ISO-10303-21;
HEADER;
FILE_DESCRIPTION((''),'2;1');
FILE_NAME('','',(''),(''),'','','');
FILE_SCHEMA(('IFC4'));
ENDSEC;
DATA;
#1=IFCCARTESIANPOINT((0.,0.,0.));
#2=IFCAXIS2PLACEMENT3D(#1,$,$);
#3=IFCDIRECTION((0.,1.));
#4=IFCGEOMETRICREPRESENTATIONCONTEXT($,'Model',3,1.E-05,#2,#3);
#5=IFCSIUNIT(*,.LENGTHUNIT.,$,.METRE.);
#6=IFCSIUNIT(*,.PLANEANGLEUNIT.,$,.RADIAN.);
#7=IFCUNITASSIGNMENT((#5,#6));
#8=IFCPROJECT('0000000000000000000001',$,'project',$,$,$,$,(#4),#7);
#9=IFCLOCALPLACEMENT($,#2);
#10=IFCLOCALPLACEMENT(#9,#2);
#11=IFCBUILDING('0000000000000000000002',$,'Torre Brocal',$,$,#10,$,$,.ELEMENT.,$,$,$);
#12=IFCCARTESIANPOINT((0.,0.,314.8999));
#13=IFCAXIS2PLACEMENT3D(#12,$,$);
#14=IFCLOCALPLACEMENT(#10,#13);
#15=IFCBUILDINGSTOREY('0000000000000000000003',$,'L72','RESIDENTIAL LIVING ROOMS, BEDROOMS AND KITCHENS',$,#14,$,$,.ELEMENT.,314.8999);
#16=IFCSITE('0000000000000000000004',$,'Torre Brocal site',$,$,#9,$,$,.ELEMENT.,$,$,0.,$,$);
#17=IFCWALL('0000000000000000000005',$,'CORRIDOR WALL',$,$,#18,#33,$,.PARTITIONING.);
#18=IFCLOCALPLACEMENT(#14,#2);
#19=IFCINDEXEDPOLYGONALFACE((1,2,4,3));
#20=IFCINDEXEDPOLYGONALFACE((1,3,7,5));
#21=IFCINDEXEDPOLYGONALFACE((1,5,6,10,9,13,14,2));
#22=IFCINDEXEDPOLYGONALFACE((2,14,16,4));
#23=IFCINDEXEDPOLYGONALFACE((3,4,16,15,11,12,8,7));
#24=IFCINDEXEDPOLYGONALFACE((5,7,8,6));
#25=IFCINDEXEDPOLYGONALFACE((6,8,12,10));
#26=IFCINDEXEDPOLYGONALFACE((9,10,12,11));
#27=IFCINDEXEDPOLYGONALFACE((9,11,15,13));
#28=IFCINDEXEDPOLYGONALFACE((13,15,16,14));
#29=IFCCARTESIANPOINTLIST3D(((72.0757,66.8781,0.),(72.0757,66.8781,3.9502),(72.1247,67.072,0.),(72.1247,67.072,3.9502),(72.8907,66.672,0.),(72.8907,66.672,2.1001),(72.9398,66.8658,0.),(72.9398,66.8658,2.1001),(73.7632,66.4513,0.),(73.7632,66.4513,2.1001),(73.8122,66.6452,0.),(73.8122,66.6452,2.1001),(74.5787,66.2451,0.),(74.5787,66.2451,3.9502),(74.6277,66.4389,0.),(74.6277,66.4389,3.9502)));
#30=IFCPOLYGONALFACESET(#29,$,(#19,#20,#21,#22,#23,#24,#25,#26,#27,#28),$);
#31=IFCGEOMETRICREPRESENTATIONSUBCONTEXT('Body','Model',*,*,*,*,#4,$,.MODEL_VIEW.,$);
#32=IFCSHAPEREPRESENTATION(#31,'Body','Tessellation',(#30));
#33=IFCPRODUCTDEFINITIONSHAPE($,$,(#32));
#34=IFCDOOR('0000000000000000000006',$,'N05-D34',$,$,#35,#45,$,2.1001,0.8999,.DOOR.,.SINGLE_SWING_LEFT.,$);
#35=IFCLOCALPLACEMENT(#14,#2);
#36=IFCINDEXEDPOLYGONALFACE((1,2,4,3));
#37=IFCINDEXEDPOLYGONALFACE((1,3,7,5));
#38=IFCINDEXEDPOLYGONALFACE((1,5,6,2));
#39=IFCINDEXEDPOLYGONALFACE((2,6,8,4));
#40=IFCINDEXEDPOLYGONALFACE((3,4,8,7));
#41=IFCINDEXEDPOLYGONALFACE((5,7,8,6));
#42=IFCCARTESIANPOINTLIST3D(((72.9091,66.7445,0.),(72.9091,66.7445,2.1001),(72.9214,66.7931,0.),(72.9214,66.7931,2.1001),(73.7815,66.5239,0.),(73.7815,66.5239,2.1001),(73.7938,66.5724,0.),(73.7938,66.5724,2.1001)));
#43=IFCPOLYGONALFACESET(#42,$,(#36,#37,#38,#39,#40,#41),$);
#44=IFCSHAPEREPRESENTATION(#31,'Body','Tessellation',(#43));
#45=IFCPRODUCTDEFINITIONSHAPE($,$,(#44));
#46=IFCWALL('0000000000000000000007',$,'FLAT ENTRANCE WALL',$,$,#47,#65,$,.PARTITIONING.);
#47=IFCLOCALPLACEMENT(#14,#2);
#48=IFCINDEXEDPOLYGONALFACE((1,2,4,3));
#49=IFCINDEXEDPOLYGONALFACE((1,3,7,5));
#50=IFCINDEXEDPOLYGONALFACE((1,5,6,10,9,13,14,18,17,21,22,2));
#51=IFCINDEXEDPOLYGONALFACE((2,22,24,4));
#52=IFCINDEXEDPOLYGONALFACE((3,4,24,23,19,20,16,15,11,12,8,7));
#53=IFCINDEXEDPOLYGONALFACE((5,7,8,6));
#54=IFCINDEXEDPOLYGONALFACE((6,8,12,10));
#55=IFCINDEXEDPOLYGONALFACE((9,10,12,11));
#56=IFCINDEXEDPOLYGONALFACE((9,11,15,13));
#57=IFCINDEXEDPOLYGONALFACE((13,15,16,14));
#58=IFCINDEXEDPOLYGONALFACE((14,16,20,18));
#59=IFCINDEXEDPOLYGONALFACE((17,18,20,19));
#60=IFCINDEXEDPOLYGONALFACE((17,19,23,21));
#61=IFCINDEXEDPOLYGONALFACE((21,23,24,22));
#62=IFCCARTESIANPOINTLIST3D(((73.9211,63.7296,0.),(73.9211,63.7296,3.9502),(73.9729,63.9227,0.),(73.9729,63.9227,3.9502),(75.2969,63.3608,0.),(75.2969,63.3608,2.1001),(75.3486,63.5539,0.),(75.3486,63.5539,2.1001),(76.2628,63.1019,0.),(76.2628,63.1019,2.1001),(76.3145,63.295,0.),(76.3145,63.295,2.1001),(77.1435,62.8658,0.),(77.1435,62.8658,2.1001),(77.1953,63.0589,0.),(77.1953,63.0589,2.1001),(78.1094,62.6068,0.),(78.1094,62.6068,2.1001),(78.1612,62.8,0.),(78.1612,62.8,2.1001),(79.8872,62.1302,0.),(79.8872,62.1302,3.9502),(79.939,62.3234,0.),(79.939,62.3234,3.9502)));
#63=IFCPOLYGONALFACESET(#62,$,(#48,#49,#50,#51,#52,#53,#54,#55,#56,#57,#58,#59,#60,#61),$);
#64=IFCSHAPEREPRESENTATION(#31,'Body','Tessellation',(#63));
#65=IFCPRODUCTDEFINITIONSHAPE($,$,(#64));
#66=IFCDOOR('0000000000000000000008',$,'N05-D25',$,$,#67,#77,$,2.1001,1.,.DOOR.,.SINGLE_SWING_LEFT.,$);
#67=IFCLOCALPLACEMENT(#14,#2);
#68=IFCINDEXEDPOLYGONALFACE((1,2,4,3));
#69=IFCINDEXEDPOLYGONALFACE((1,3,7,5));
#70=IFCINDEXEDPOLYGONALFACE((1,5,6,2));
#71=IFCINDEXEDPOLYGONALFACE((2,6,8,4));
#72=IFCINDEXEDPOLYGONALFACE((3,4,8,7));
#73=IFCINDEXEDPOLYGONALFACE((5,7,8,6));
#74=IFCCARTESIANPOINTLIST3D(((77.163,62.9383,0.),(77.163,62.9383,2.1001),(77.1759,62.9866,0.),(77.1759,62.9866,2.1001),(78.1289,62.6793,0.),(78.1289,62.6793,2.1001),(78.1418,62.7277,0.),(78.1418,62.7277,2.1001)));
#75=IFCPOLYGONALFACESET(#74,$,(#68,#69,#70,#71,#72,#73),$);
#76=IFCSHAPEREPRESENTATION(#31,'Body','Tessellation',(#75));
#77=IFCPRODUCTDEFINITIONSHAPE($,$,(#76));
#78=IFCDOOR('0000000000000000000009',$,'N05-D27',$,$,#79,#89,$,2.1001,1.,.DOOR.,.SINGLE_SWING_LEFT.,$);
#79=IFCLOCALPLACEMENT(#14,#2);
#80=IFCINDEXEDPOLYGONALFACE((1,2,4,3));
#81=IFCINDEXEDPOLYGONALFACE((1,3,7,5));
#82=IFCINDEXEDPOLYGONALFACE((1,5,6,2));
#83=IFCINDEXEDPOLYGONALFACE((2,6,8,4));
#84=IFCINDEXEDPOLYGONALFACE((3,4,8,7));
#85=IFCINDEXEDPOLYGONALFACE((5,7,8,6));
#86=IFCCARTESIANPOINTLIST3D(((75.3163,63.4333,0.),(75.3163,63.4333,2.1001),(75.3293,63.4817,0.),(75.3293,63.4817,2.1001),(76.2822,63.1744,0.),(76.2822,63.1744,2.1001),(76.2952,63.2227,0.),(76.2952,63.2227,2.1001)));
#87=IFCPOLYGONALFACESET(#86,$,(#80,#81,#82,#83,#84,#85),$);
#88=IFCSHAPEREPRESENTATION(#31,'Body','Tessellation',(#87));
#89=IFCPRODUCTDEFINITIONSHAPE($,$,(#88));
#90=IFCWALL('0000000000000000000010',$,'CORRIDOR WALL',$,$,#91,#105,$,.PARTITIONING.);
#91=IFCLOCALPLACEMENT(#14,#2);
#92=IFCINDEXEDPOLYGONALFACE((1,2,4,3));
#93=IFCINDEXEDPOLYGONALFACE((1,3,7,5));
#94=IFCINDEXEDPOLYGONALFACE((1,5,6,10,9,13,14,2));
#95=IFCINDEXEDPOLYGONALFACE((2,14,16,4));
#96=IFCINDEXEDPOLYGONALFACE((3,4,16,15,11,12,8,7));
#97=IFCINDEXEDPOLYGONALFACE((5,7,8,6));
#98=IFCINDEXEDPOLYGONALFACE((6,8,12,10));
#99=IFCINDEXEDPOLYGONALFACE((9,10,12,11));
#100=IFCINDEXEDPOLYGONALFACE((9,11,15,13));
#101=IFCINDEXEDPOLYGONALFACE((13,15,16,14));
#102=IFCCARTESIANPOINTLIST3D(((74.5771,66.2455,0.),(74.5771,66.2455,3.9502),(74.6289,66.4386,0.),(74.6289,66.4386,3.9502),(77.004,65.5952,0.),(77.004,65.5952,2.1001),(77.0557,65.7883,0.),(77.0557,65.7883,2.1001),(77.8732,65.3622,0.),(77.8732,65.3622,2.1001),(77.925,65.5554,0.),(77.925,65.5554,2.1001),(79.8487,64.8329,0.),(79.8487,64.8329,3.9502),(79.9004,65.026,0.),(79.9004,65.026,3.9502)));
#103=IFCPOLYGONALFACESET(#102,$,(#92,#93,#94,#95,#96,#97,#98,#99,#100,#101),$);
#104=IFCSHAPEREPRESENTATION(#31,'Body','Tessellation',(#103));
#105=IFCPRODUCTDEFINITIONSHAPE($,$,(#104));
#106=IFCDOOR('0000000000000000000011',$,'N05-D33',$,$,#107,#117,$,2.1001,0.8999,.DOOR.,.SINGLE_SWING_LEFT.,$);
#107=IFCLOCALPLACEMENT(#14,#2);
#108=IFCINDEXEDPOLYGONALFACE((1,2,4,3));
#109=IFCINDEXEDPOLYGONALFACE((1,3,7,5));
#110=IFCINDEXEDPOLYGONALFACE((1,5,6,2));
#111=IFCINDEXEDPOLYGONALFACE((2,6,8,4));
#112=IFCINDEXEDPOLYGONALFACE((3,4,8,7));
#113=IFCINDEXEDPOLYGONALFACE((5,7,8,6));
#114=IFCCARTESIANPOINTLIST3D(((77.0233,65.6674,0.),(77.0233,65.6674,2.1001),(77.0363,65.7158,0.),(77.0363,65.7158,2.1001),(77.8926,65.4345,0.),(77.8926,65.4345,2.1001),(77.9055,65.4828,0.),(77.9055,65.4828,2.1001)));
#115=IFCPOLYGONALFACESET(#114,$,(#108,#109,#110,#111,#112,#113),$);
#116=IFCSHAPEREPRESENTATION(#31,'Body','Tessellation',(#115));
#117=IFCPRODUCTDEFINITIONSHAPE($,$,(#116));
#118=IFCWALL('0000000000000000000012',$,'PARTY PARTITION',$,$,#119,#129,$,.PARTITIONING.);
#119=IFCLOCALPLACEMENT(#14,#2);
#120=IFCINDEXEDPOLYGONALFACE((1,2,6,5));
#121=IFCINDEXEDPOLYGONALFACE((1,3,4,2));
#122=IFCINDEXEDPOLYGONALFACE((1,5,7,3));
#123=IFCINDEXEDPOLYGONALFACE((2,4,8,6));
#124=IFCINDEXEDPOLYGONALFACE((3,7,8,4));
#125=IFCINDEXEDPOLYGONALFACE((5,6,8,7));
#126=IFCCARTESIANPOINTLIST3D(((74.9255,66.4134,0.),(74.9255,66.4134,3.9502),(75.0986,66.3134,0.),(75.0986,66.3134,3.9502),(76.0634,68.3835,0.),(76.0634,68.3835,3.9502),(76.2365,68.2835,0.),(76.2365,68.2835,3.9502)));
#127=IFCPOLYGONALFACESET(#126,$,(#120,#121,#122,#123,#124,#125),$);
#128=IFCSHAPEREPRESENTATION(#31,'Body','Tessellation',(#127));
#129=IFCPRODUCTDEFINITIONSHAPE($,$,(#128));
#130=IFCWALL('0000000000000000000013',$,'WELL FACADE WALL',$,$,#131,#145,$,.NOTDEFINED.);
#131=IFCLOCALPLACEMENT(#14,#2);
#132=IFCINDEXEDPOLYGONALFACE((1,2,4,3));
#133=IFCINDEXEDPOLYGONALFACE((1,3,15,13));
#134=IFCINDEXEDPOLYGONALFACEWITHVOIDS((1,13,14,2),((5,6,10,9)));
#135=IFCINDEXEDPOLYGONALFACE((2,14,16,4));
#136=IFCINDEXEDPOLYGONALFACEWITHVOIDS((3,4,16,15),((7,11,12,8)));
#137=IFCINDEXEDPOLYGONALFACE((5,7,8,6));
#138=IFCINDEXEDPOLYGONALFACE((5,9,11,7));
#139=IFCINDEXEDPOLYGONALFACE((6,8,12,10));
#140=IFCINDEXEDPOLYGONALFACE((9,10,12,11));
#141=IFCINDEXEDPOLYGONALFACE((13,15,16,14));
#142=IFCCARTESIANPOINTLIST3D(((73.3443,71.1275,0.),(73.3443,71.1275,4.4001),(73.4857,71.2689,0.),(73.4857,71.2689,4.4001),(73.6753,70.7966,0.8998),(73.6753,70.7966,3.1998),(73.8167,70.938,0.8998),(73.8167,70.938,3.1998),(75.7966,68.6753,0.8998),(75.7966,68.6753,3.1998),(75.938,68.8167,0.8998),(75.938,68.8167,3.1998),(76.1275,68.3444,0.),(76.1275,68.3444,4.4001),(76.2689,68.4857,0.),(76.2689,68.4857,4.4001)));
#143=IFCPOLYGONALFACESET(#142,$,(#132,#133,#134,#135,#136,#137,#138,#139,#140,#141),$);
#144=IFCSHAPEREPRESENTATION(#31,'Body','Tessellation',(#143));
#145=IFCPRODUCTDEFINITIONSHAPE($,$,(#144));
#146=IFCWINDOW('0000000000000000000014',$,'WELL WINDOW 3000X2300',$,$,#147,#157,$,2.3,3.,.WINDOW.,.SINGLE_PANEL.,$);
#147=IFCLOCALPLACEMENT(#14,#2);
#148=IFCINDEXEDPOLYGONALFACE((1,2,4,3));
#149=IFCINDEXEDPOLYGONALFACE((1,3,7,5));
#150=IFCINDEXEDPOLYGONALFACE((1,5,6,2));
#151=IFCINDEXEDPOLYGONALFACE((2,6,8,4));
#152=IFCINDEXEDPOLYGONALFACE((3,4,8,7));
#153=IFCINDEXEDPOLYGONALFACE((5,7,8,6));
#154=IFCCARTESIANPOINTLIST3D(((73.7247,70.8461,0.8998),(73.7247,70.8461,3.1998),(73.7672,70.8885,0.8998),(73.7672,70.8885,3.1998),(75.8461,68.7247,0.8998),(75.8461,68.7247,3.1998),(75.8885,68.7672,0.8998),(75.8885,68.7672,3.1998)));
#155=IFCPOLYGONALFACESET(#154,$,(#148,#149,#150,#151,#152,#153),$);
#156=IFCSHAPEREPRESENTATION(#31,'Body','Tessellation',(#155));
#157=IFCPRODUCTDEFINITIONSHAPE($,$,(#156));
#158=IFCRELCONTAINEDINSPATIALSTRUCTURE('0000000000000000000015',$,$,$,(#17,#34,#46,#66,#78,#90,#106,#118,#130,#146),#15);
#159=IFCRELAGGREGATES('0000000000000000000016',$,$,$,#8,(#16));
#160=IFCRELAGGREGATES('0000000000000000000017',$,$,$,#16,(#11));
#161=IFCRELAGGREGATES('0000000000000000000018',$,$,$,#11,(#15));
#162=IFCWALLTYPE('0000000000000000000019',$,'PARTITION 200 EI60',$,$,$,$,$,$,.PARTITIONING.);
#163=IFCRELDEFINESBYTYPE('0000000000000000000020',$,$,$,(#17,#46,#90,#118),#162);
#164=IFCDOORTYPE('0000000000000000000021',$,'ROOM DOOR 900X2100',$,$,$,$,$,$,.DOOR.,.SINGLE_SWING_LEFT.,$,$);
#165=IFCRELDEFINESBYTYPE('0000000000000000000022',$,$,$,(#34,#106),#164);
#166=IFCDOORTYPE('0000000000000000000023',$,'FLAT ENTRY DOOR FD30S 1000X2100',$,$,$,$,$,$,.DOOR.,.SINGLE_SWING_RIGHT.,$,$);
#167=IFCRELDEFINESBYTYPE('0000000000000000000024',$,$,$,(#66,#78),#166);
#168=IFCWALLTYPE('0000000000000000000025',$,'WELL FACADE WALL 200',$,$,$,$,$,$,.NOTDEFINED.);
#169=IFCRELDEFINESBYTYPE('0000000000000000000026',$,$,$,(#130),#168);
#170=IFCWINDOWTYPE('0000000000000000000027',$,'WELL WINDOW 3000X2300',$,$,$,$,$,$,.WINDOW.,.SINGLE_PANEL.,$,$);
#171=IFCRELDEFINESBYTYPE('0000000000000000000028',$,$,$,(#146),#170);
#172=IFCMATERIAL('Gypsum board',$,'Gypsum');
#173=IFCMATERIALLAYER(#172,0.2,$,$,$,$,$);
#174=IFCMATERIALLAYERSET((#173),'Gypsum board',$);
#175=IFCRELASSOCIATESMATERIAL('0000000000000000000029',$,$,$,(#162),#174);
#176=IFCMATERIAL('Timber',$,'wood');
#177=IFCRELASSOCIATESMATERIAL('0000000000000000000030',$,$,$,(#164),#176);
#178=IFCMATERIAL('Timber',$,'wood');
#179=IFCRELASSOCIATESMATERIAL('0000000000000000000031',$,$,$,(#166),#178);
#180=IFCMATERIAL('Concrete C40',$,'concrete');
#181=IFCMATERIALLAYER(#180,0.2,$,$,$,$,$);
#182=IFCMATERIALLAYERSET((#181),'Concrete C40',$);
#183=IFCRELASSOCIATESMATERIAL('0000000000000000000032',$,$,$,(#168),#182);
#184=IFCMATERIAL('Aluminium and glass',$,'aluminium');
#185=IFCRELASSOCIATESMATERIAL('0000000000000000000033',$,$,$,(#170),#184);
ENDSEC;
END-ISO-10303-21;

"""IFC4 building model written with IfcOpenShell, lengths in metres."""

from ifc_helpers import new_model, si_unit, direction, frame, frame_2d, origin, place, context, subcontext, project, spatial, rectangle, extrude, material, layer, layer_set, type_object, element, fill, save


model = new_model("IFC4")

# Units and contexts
model_context = context("Model", 3, precision=1e-05, world=origin(), true_north=direction((0.0, 1.0)))
body_context = subcontext(model_context, "Body", "Model", "MODEL_VIEW")
ifc_project = project(units=[si_unit("LENGTHUNIT", "METRE"), si_unit("PLANEANGLEUNIT", "RADIAN")], contexts=[model_context])

# Site, building, storey
site_placement = place(None, origin())
site = spatial("IfcSite", under=ifc_project, at=site_placement, Name="Torre Brocal site", CompositionType="ELEMENT", RefElevation=0.0)
building_placement = place(site_placement, origin())
building = spatial("IfcBuilding", under=site, at=building_placement, Name="Torre Brocal", CompositionType="ELEMENT")
storey_placement = place(building_placement, frame((0.0, 0.0, 314.8999)))
storey = spatial("IfcBuildingStorey", under=building, at=storey_placement, Name="L72", Description="RESIDENTIAL LIVING ROOMS, BEDROOMS AND KITCHENS", CompositionType="ELEMENT", Elevation=314.8999)

# Shared definitions
ifc_material_1 = material(Name="Gypsum board", Category="Gypsum")
ifc_layer_1 = layer(ifc_material_1, 0.2)
ifc_layer_set_1 = layer_set([ifc_layer_1], Name="Gypsum board")
wall_type_1 = type_object("IfcWallType", Name="PARTITION 200 EI60", PredefinedType="PARTITIONING", material=ifc_layer_set_1)

# Wall, opening, door
wall_1_placement = place(storey_placement, frame((72.1001, 66.9751, 0.0), z_axis=(0.0, 0.0, 1.0), x_axis=(0.969471, -0.245205, 0.0)))
wall_1 = element("IfcWall", 1, at=wall_1_placement, inside=storey, type_object=wall_type_1, Name="CORRIDOR WALL", PredefinedType="PARTITIONING", context=body_context, shape_type="SweptSolid", body=[
    extrude(rectangle(XDim=2.5818, YDim=0.2, at=frame_2d((1.291, 0.0))), origin(), (0.0, 0.0, 1.0), 3.9502),
])
opening_1_placement = place(wall_1_placement, frame((0.8408, 0.0, 0.0)))
opening_1 = element("IfcOpeningElement", 2, at=opening_1_placement, cuts=wall_1, PredefinedType="OPENING", context=body_context, shape_type="SweptSolid", body=[
    extrude(rectangle(XDim=0.8999, YDim=2.1001, at=frame_2d((0.45, 1.05))), frame((0.0, 0.1099, 0.0), z_axis=(0.0, -1.0, 0.0), x_axis=(1.0, 0.0, 0.0)), (0.0, 0.0, 1.0), 0.22),
])
ifc_material_2 = material(Name="Timber", Category="wood")
door_type_1 = type_object("IfcDoorType", Name="ROOM DOOR 900X2100", OperationType="SINGLE_SWING_LEFT", PredefinedType="DOOR", material=ifc_material_2)
door_1_placement = place(opening_1_placement, origin())
door_1 = element("IfcDoor", 3, at=door_1_placement, inside=storey, type_object=door_type_1, Name="N05-D34", OperationType="SINGLE_SWING_LEFT", OverallHeight=2.1001, OverallWidth=0.8999, PredefinedType="DOOR", context=body_context, shape_type="SweptSolid", body=[
    extrude(rectangle(XDim=0.8999, YDim=2.1001, at=frame_2d((0.45, 1.05))), frame((0.0, 0.0249, 0.0), z_axis=(0.0, -1.0, 0.0), x_axis=(1.0, 0.0, 0.0)), (0.0, 0.0, 1.0), 0.05),
])
fill(opening_1, door_1)

# Wall, openings, doors
wall_2_placement = place(storey_placement, frame((73.947, 63.8262, 0.0), z_axis=(0.0, 0.0, 1.0), x_axis=(0.965895, -0.258934, 0.0)))
wall_2 = element("IfcWall", 4, at=wall_2_placement, inside=storey, type_object=wall_type_1, Name="FLAT ENTRANCE WALL", PredefinedType="PARTITIONING", context=body_context, shape_type="SweptSolid", body=[
    extrude(rectangle(XDim=6.1768, YDim=0.2, at=frame_2d((3.0884, 0.0))), origin(), (0.0, 0.0, 1.0), 3.9502),
])
opening_2_placement = place(wall_2_placement, frame((3.3362, 0.0, 0.0)))
opening_2 = element("IfcOpeningElement", 5, at=opening_2_placement, cuts=wall_2, PredefinedType="OPENING", context=body_context, shape_type="SweptSolid", body=[
    extrude(rectangle(XDim=1.0, YDim=2.1001, at=frame_2d((0.5, 1.05))), frame((0.0, 0.1099, 0.0), z_axis=(0.0, -1.0, 0.0), x_axis=(1.0, 0.0, 0.0)), (0.0, 0.0, 1.0), 0.22),
])
opening_3_placement = place(wall_2_placement, frame((1.4243, 0.0, 0.0)))
opening_3 = element("IfcOpeningElement", 6, at=opening_3_placement, cuts=wall_2, PredefinedType="OPENING", context=body_context, shape_type="SweptSolid", body=[
    extrude(rectangle(XDim=1.0, YDim=2.1001, at=frame_2d((0.5, 1.05))), frame((0.0, 0.1099, 0.0), z_axis=(0.0, -1.0, 0.0), x_axis=(1.0, 0.0, 0.0)), (0.0, 0.0, 1.0), 0.22),
])
ifc_material_3 = material(Name="Timber", Category="wood")
door_type_2 = type_object("IfcDoorType", Name="FLAT ENTRY DOOR FD30S 1000X2100", OperationType="SINGLE_SWING_RIGHT", PredefinedType="DOOR", material=ifc_material_3)
door_2_placement = place(opening_2_placement, frame((1.0, 0.0, 0.0), z_axis=(0.0, 0.0, 1.0), x_axis=(-1.0, 0.0, 0.0)))
door_2 = element("IfcDoor", 7, at=door_2_placement, inside=storey, type_object=door_type_2, Name="N05-D25", OperationType="SINGLE_SWING_LEFT", OverallHeight=2.1001, OverallWidth=1.0, PredefinedType="DOOR", context=body_context, shape_type="SweptSolid", body=[
    extrude(rectangle(XDim=1.0, YDim=2.1001, at=frame_2d((0.5, 1.05))), frame((0.0, 0.0249, 0.0), z_axis=(0.0, -1.0, 0.0), x_axis=(1.0, 0.0, 0.0)), (0.0, 0.0, 1.0), 0.05),
])
fill(opening_2, door_2)
door_3_placement = place(opening_3_placement, frame((1.0, 0.0, 0.0), z_axis=(0.0, 0.0, 1.0), x_axis=(-1.0, 0.0, 0.0)))
door_3 = element("IfcDoor", 8, at=door_3_placement, inside=storey, type_object=door_type_2, Name="N05-D27", OperationType="SINGLE_SWING_LEFT", OverallHeight=2.1001, OverallWidth=1.0, PredefinedType="DOOR", context=body_context, shape_type="SweptSolid", body=[
    extrude(rectangle(XDim=1.0, YDim=2.1001, at=frame_2d((0.5, 1.05))), frame((0.0, 0.0249, 0.0), z_axis=(0.0, -1.0, 0.0), x_axis=(1.0, 0.0, 0.0)), (0.0, 0.0, 1.0), 0.05),
])
fill(opening_3, door_3)

# Wall, opening, door
wall_3_placement = place(storey_placement, frame((74.603, 66.342, 0.0), z_axis=(0.0, 0.0, 1.0), x_axis=(0.965921, -0.258837, 0.0)))
wall_3 = element("IfcWall", 9, at=wall_3_placement, inside=storey, type_object=wall_type_1, Name="CORRIDOR WALL", PredefinedType="PARTITIONING", context=body_context, shape_type="SweptSolid", body=[
    extrude(rectangle(XDim=5.4575, YDim=0.2, at=frame_2d((2.7288, 0.0))), origin(), (0.0, 0.0, 1.0), 3.9502),
])
opening_4_placement = place(wall_3_placement, frame((2.5125, 0.0, 0.0)))
opening_4 = element("IfcOpeningElement", 10, at=opening_4_placement, cuts=wall_3, PredefinedType="OPENING", context=body_context, shape_type="SweptSolid", body=[
    extrude(rectangle(XDim=0.8999, YDim=2.1001, at=frame_2d((0.45, 1.05))), frame((0.0, 0.1099, 0.0), z_axis=(0.0, -1.0, 0.0), x_axis=(1.0, 0.0, 0.0)), (0.0, 0.0, 1.0), 0.22),
])
door_4_placement = place(opening_4_placement, origin())
door_4 = element("IfcDoor", 11, at=door_4_placement, inside=storey, type_object=door_type_1, Name="N05-D33", OperationType="SINGLE_SWING_LEFT", OverallHeight=2.1001, OverallWidth=0.8999, PredefinedType="DOOR", context=body_context, shape_type="SweptSolid", body=[
    extrude(rectangle(XDim=0.8999, YDim=2.1001, at=frame_2d((0.45, 1.05))), frame((0.0, 0.0249, 0.0), z_axis=(0.0, -1.0, 0.0), x_axis=(1.0, 0.0, 0.0)), (0.0, 0.0, 1.0), 0.05),
])
fill(opening_4, door_4)

# Wall
wall_4_placement = place(storey_placement, frame((75.012, 66.3633, 0.0), z_axis=(0.0, 0.0, 1.0), x_axis=(0.500144, 0.865943, 0.0)))
element("IfcWall", 12, at=wall_4_placement, inside=storey, type_object=wall_type_1, Name="PARTY PARTITION", PredefinedType="PARTITIONING", context=body_context, shape_type="SweptSolid", body=[
    extrude(rectangle(XDim=2.2751, YDim=0.2, at=frame_2d((1.1377, 0.0))), origin(), (0.0, 0.0, 1.0), 3.9502),
])

# Wall, opening, window
ifc_material_4 = material(Name="Concrete C40", Category="concrete")
ifc_layer_2 = layer(ifc_material_4, 0.2)
ifc_layer_set_2 = layer_set([ifc_layer_2], Name="Concrete C40")
wall_type_2 = type_object("IfcWallType", Name="WELL FACADE WALL 200", PredefinedType="NOTDEFINED", material=ifc_layer_set_2)
wall_5_placement = place(storey_placement, frame((73.415, 71.1982, 0.0), z_axis=(0.0, 0.0, 1.0), x_axis=(0.707107, -0.707107, 0.0)))
wall_5 = element("IfcWall", 13, at=wall_5_placement, inside=storey, type_object=wall_type_2, Name="WELL FACADE WALL", PredefinedType="NOTDEFINED", context=body_context, shape_type="SweptSolid", body=[
    extrude(rectangle(XDim=3.936, YDim=0.2, at=frame_2d((1.968, 0.0))), origin(), (0.0, 0.0, 1.0), 4.4001),
])
opening_5_placement = place(wall_5_placement, frame((0.468, 0.0, 0.8999)))
opening_5 = element("IfcOpeningElement", 14, at=opening_5_placement, cuts=wall_5, PredefinedType="OPENING", context=body_context, shape_type="SweptSolid", body=[
    extrude(rectangle(XDim=3.0, YDim=2.3, at=frame_2d((1.5, 1.1499))), frame((0.0, 0.1099, 0.0), z_axis=(0.0, -1.0, 0.0), x_axis=(1.0, 0.0, 0.0)), (0.0, 0.0, 1.0), 0.22),
])
ifc_material_5 = material(Name="Aluminium and glass", Category="aluminium")
window_type = type_object("IfcWindowType", Name="WELL WINDOW 3000X2300", PartitioningType="SINGLE_PANEL", PredefinedType="WINDOW", material=ifc_material_5)
window_placement = place(opening_5_placement, origin())
window = element("IfcWindow", 15, at=window_placement, inside=storey, type_object=window_type, Name="WELL WINDOW 3000X2300", OverallHeight=2.3, OverallWidth=3.0, PartitioningType="SINGLE_PANEL", PredefinedType="WINDOW", context=body_context, shape_type="SweptSolid", body=[
    extrude(rectangle(XDim=3.0, YDim=2.3, at=frame_2d((1.5, 1.1499))), frame((0.0, 0.03, 0.0), z_axis=(0.0, -1.0, 0.0), x_axis=(1.0, 0.0, 0.0)), (0.0, 0.0, 1.0), 0.0601),
])
fill(opening_5, window)

save(model, "model.ifc")
